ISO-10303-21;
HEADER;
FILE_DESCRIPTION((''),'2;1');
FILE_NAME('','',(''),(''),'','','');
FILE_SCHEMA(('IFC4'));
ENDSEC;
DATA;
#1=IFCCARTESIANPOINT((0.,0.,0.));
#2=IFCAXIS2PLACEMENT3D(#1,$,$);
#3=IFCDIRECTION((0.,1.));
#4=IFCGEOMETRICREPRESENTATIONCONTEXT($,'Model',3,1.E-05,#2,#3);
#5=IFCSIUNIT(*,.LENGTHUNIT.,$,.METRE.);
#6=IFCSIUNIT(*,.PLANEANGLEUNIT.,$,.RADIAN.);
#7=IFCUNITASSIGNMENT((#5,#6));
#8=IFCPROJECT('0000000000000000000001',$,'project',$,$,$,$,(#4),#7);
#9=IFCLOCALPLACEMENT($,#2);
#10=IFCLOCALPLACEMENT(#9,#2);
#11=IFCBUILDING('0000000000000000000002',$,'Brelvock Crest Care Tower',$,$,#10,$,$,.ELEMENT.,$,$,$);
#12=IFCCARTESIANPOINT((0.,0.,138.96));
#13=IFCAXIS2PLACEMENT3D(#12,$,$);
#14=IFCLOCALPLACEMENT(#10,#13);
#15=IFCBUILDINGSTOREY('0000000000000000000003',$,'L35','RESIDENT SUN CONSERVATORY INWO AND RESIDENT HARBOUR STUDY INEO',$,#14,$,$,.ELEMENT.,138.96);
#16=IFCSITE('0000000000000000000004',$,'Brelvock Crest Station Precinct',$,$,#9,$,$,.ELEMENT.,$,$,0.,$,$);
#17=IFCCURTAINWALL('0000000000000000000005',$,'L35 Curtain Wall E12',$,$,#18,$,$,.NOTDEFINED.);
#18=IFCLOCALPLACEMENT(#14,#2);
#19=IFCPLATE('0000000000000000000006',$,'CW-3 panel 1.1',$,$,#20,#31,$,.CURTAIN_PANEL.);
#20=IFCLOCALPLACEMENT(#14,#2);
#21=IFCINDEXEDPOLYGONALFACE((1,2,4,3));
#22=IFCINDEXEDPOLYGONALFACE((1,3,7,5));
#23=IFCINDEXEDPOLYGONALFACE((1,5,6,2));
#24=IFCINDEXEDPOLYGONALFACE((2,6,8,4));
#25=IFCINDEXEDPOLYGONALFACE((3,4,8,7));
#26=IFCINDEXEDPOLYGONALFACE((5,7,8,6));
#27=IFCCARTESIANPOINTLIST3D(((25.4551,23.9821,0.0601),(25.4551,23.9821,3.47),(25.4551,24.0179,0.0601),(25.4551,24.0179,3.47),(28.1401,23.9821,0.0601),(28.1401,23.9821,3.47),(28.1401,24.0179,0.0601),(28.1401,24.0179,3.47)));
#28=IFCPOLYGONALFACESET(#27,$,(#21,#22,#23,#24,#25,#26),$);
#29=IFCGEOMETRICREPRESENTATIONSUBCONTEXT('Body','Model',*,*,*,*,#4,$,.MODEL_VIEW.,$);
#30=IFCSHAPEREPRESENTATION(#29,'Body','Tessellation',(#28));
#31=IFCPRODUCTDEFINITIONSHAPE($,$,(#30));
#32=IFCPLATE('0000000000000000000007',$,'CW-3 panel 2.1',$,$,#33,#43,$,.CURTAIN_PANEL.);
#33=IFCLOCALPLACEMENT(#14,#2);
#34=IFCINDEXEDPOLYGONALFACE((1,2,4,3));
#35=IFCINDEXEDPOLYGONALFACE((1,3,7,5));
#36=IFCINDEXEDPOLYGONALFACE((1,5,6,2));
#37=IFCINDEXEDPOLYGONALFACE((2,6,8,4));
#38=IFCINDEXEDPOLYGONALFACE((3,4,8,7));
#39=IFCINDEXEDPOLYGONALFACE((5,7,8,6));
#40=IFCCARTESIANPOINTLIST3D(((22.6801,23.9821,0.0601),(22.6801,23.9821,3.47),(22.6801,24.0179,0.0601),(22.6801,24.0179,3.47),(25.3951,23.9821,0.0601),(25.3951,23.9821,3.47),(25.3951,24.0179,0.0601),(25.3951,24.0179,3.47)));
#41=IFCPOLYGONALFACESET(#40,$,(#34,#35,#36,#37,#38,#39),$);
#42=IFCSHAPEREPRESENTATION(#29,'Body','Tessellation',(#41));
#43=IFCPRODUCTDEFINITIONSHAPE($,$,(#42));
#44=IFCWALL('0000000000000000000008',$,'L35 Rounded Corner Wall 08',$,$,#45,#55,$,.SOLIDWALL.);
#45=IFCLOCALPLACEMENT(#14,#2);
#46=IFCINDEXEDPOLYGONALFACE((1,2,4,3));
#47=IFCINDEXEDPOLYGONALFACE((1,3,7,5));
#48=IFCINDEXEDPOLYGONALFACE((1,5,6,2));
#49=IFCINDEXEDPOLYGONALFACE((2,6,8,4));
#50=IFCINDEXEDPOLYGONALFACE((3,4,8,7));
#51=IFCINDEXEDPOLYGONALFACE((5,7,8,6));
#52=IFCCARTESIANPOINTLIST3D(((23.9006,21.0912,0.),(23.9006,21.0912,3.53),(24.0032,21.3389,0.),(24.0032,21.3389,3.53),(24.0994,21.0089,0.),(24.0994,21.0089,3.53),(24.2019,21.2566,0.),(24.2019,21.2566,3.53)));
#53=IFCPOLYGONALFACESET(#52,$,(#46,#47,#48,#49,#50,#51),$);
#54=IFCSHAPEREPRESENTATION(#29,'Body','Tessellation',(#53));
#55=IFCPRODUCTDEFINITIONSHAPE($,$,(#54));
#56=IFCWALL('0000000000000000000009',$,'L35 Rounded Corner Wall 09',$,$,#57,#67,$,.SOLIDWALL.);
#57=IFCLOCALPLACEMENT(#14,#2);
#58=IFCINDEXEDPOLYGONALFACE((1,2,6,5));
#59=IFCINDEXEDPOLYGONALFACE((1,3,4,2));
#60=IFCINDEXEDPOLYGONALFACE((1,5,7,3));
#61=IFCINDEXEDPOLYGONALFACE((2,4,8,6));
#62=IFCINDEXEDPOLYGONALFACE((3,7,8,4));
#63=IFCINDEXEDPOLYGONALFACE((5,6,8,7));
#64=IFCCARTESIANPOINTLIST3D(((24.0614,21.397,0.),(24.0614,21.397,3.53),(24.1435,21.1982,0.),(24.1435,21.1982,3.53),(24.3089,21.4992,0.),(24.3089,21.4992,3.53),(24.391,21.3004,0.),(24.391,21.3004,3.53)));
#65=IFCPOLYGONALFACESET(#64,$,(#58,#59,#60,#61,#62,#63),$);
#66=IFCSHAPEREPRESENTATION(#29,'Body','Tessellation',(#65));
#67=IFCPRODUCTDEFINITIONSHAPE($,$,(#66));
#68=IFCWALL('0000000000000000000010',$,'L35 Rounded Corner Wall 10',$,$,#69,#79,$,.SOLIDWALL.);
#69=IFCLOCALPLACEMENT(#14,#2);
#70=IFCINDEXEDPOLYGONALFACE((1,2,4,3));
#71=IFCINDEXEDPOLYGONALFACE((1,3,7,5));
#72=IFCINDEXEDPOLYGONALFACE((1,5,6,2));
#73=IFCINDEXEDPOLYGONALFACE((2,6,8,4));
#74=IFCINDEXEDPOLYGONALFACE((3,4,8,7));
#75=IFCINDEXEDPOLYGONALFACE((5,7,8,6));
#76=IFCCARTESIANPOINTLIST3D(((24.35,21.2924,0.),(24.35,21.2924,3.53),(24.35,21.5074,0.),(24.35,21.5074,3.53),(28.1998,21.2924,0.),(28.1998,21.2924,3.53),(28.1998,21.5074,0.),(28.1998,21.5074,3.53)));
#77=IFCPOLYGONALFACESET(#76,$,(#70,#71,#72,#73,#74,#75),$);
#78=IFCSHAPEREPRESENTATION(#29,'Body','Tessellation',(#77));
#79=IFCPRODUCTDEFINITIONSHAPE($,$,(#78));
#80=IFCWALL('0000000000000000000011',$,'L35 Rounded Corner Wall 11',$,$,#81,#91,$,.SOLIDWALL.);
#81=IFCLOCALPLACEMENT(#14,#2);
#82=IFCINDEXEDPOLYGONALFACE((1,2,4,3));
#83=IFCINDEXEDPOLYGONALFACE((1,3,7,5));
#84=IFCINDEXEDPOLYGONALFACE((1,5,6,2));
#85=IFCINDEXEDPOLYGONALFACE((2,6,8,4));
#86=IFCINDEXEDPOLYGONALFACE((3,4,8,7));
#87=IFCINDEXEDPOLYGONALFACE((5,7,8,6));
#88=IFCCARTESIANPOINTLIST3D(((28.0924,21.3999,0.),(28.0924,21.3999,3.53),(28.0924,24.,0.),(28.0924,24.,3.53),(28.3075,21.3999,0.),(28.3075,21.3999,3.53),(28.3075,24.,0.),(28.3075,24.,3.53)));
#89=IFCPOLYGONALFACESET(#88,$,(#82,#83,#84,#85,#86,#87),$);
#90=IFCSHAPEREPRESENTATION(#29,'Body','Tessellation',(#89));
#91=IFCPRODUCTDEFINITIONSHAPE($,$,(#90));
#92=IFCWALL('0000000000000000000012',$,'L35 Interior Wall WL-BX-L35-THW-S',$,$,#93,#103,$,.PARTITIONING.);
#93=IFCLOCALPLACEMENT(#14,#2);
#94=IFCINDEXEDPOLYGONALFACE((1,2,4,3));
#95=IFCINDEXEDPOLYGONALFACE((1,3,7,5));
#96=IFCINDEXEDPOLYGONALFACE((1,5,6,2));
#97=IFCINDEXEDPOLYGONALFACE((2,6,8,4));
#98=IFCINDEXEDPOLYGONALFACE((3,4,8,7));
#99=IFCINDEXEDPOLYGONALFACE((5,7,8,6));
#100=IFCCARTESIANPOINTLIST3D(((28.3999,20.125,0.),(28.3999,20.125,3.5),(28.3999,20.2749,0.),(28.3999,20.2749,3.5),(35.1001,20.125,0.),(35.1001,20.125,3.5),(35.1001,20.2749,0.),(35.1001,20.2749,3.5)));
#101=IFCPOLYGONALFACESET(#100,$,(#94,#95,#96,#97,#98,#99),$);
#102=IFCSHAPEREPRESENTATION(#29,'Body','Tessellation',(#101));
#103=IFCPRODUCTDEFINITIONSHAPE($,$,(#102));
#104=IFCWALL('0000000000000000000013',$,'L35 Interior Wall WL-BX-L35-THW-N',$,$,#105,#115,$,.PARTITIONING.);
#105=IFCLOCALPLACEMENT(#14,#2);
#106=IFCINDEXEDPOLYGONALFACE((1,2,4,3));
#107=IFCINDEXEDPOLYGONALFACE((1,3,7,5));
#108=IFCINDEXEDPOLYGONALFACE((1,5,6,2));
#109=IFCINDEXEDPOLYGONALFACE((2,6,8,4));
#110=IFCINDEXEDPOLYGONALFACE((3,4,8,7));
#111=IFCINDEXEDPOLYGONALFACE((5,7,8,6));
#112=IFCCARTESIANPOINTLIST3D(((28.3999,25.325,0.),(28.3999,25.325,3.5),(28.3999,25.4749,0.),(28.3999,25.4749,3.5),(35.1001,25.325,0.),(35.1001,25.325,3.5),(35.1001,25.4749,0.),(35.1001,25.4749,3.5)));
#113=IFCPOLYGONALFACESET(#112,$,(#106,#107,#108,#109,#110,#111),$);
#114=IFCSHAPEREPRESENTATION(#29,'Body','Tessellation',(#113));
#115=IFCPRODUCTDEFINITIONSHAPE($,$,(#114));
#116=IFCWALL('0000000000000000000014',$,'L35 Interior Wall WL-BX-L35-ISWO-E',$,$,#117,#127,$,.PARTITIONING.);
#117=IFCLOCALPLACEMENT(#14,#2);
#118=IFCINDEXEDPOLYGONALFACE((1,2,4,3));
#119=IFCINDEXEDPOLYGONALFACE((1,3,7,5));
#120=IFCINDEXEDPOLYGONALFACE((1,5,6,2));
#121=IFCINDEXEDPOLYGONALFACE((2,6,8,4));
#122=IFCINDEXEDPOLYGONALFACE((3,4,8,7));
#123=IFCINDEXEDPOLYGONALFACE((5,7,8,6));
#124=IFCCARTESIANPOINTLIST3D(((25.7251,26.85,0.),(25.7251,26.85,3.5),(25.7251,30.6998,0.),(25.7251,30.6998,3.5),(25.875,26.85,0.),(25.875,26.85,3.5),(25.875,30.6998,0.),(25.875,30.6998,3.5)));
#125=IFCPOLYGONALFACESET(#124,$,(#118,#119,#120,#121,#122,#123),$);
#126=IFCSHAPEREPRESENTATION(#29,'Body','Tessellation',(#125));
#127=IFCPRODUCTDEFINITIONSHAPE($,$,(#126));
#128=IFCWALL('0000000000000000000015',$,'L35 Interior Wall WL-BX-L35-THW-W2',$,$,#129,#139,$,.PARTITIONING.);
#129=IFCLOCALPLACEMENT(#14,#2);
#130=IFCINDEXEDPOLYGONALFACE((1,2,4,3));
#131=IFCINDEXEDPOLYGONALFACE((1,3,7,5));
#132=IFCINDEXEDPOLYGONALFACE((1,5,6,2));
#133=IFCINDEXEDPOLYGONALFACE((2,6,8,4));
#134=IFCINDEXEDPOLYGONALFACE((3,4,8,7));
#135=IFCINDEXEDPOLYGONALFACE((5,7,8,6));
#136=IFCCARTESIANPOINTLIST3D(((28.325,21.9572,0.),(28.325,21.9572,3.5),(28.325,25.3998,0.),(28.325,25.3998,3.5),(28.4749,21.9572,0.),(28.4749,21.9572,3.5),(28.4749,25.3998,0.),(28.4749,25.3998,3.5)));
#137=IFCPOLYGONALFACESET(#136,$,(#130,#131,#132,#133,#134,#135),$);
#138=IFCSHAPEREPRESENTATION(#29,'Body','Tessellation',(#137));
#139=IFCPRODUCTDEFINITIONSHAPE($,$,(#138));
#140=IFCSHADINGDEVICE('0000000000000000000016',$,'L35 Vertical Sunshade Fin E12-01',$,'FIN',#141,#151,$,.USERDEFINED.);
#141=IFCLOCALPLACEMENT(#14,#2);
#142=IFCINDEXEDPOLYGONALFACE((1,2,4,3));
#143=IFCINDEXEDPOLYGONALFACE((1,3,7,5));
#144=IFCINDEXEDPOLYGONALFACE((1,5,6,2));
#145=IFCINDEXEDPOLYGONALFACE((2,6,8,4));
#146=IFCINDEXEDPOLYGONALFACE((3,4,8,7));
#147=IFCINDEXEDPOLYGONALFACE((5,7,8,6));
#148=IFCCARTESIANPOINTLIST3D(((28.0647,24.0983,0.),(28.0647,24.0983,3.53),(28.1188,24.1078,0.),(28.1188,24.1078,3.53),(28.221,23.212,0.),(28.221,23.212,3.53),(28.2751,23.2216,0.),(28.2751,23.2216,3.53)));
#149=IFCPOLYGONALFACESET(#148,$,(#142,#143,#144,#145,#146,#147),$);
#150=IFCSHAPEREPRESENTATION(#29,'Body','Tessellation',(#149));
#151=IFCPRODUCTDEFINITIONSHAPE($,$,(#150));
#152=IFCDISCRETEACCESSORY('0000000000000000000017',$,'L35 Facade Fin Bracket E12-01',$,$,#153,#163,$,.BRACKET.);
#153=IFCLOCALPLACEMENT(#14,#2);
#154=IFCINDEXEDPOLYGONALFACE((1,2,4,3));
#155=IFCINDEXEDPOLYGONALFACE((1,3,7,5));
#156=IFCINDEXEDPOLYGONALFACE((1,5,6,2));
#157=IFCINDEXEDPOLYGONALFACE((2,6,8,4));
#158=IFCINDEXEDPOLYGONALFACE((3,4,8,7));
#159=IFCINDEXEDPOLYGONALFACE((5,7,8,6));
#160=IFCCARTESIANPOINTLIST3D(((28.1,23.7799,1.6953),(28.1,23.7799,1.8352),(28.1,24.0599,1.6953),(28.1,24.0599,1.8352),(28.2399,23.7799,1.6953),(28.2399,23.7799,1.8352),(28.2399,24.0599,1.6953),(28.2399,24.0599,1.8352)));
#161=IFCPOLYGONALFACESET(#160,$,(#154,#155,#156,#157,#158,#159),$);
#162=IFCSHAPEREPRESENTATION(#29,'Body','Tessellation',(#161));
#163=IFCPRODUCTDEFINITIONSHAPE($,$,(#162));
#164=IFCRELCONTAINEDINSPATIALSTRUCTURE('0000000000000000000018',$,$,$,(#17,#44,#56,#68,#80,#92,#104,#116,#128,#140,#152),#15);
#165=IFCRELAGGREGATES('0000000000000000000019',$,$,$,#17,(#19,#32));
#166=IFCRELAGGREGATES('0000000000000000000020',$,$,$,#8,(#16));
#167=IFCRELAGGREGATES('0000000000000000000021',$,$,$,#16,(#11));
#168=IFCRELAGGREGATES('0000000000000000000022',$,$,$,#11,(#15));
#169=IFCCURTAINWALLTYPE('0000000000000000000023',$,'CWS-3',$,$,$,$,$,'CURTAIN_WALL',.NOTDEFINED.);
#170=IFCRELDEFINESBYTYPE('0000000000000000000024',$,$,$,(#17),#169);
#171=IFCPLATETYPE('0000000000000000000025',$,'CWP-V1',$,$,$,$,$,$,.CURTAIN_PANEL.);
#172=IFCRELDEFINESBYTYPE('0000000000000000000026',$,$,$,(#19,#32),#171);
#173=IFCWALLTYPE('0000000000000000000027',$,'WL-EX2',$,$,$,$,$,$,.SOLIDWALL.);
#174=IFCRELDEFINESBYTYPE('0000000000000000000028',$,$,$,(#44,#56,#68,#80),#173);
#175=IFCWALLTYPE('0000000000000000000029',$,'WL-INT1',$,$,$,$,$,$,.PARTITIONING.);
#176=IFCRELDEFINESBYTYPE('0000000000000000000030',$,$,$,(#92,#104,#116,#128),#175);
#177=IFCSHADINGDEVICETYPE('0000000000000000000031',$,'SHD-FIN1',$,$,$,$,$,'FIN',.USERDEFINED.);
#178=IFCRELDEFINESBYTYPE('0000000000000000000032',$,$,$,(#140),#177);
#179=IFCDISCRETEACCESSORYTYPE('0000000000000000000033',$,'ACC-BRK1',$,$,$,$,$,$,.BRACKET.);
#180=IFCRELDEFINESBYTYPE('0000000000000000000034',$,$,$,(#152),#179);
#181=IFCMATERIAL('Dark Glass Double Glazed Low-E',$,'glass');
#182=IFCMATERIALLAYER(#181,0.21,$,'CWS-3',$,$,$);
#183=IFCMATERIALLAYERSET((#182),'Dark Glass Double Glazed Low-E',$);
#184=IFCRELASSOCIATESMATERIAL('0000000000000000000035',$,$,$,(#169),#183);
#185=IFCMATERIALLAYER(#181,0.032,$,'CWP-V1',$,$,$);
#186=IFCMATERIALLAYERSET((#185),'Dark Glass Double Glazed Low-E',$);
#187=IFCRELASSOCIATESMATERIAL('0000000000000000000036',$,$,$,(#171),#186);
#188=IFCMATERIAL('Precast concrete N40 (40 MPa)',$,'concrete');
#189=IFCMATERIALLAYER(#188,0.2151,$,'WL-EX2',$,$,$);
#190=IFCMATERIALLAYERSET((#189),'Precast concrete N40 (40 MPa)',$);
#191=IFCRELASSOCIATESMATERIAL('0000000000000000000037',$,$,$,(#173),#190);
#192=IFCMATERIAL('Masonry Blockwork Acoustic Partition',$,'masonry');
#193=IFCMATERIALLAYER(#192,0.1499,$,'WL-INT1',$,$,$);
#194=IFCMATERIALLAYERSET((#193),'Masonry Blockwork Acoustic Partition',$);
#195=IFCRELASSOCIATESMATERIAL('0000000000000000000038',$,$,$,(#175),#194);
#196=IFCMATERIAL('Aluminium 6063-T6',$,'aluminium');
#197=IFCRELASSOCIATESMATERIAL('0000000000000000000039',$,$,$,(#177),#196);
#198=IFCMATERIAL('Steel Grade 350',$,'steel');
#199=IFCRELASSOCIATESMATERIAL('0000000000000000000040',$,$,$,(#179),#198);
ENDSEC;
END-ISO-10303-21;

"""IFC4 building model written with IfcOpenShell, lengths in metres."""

from ifc_helpers import new_model, si_unit, direction, frame, frame_2d, origin, origin_2d, place, context, subcontext, project, spatial, rectangle, extrude, source, transform, mapped, material, layer, layer_set, material_profile, profile_set, type_object, element, aggregate, save


model = new_model("IFC4")

# Units and contexts
model_context = context("Model", 3, precision=1e-05, world=origin(), true_north=direction((0.0, 1.0)))
body_context = subcontext(model_context, "Body", "Model", "MODEL_VIEW")
ifc_project = project(units=[si_unit("LENGTHUNIT", "METRE"), si_unit("PLANEANGLEUNIT", "RADIAN")], contexts=[model_context])

# Site, building, storey
site_placement = place(None, origin())
site = spatial("IfcSite", under=ifc_project, at=site_placement, Name="Brelvock Crest Station Precinct", CompositionType="ELEMENT", RefElevation=0.0)
building_placement = place(site_placement, origin())
building = spatial("IfcBuilding", under=site, at=building_placement, Name="Brelvock Crest Care Tower", CompositionType="ELEMENT")
storey_placement = place(building_placement, frame((0.0, 0.0, 138.96)))
storey = spatial("IfcBuildingStorey", under=building, at=storey_placement, Name="L35", Description="RESIDENT SUN CONSERVATORY INWO AND RESIDENT HARBOUR STUDY INEO", CompositionType="ELEMENT", Elevation=138.96)

# Shared definitions
ifc_material_1 = material(Name="Steel Grade 350", Category="steel")

# Curtain wall, plates
ifc_material_2 = material(Name="Dark Glass Double Glazed Low-E", Category="glass")
ifc_layer_1 = layer(ifc_material_2, 0.21, Name="CWS-3")
ifc_layer_set_1 = layer_set([ifc_layer_1], Name="Dark Glass Double Glazed Low-E")
curtain_wall_type = type_object("IfcCurtainWallType", Name="CWS-3", ElementType="CURTAIN_WALL", PredefinedType="NOTDEFINED", material=ifc_layer_set_1)
curtain_wall_placement = place(storey_placement, origin())
curtain_wall = element("IfcCurtainWall", 1, at=curtain_wall_placement, inside=storey, type_object=curtain_wall_type, Name="L35 Curtain Wall E12", PredefinedType="NOTDEFINED")
ifc_material_3 = material(Name="Aluminium 6063-T6", Category="aluminium")
ifc_layer_2 = layer(ifc_material_2, 0.032, Name="CWP-V1")
ifc_layer_set_2 = layer_set([ifc_layer_2], Name="Dark Glass Double Glazed Low-E")
plate_type = type_object("IfcPlateType", Name="CWP-V1", PredefinedType="CURTAIN_PANEL", material=ifc_layer_set_2)
shared_shape_1 = source(origin(), body_context, "Body", "SweptSolid", [
    extrude(rectangle(XDim=2.6851, YDim=0.0359, at=origin_2d()), origin(), (0.0, 0.0, 1.0), 3.4099),
])
plate_1_placement = place(storey_placement, frame((26.7976, 24.0, 0.0601), z_axis=(0.0, 0.0, 1.0), x_axis=(-1.0, 0.0, 0.0)))
plate_1 = element("IfcPlate", 2, at=plate_1_placement, type_object=plate_type, Name="CW-3 panel 1.1", PredefinedType="CURTAIN_PANEL", context=body_context, shape_type="MappedRepresentation", body=[
    mapped(shared_shape_1, transform((0.0, 0.0, 0.0), x_axis=(1.0, 0.0, 0.0), y_axis=(0.0, 1.0, 0.0), z_axis=(0.0, 0.0, 1.0), scale=1.0)),
])
shared_shape_2 = source(origin(), body_context, "Body", "SweptSolid", [
    extrude(rectangle(XDim=2.7151, YDim=0.0359, at=origin_2d()), origin(), (0.0, 0.0, 1.0), 3.4099),
])
plate_2_placement = place(storey_placement, frame((24.0376, 24.0, 0.0601), z_axis=(0.0, 0.0, 1.0), x_axis=(-1.0, 0.0, 0.0)))
plate_2 = element("IfcPlate", 3, at=plate_2_placement, type_object=plate_type, Name="CW-3 panel 2.1", PredefinedType="CURTAIN_PANEL", context=body_context, shape_type="MappedRepresentation", body=[
    mapped(shared_shape_2, transform((0.0, 0.0, 0.0), x_axis=(1.0, 0.0, 0.0), y_axis=(0.0, 1.0, 0.0), z_axis=(0.0, 0.0, 1.0), scale=1.0)),
])
aggregate(curtain_wall, [plate_1, plate_2])

# Walls
ifc_material_4 = material(Name="Precast concrete N40 (40 MPa)", Category="concrete")
ifc_layer_3 = layer(ifc_material_4, 0.2151, Name="WL-EX2")
ifc_layer_set_3 = layer_set([ifc_layer_3], Name="Precast concrete N40 (40 MPa)")
wall_type_1 = type_object("IfcWallType", Name="WL-EX2", PredefinedType="SOLIDWALL", material=ifc_layer_set_3)
wall_1_placement = place(storey_placement, frame((24.0, 21.05, 0.0), z_axis=(0.0, 0.0, 1.0), x_axis=(0.382674, 0.923884, 0.0)))
element("IfcWall", 4, at=wall_1_placement, inside=storey, type_object=wall_type_1, Name="L35 Rounded Corner Wall 08", PredefinedType="SOLIDWALL", context=body_context, shape_type="SweptSolid", body=[
    extrude(rectangle(XDim=0.2681, YDim=0.2151, at=frame_2d((0.134, 0.0))), origin(), (0.0, 0.0, 1.0), 3.53),
])
wall_2_placement = place(storey_placement, frame((24.1025, 21.2976, 0.0), z_axis=(0.0, 0.0, 1.0), x_axis=(0.924205, 0.381896, 0.0)))
element("IfcWall", 5, at=wall_2_placement, inside=storey, type_object=wall_type_1, Name="L35 Rounded Corner Wall 09", PredefinedType="SOLIDWALL", context=body_context, shape_type="SweptSolid", body=[
    extrude(rectangle(XDim=0.2678, YDim=0.2151, at=frame_2d((0.1338, 0.0))), origin(), (0.0, 0.0, 1.0), 3.53),
])
wall_3_placement = place(storey_placement, frame((24.3501, 21.3999, 0.0), z_axis=(0.0, 0.0, 1.0), x_axis=(1.0, 0.0, 0.0)))
element("IfcWall", 6, at=wall_3_placement, inside=storey, type_object=wall_type_1, Name="L35 Rounded Corner Wall 10", PredefinedType="SOLIDWALL", context=body_context, shape_type="SweptSolid", body=[
    extrude(rectangle(XDim=3.8499, YDim=0.2151, at=frame_2d((1.9248, 0.0))), origin(), (0.0, 0.0, 1.0), 3.53),
])
wall_4_placement = place(storey_placement, frame((28.2, 21.3999, 0.0), z_axis=(0.0, 0.0, 1.0), x_axis=(0.0, 1.0, 0.0)))
element("IfcWall", 7, at=wall_4_placement, inside=storey, type_object=wall_type_1, Name="L35 Rounded Corner Wall 11", PredefinedType="SOLIDWALL", context=body_context, shape_type="SweptSolid", body=[
    extrude(rectangle(XDim=2.6001, YDim=0.2151, at=frame_2d((1.3, 0.0))), origin(), (0.0, 0.0, 1.0), 3.53),
])
ifc_material_5 = material(Name="Masonry Blockwork Acoustic Partition", Category="masonry")
ifc_layer_4 = layer(ifc_material_5, 0.1499, Name="WL-INT1")
ifc_layer_set_4 = layer_set([ifc_layer_4], Name="Masonry Blockwork Acoustic Partition")
wall_type_2 = type_object("IfcWallType", Name="WL-INT1", PredefinedType="PARTITIONING", material=ifc_layer_set_4)
for number, where, z_axis, x_axis, name in (
    (8, (28.3999, 20.2, 0.0), (0.0, 0.0, 1.0), (1.0, 0.0, 0.0), "L35 Interior Wall WL-BX-L35-THW-S"),
    (9, (28.3999, 25.3999, 0.0), (0.0, 0.0, 1.0), (1.0, 0.0, 0.0), "L35 Interior Wall WL-BX-L35-THW-N"),
):
    element("IfcWall", number, at=place(storey_placement, frame(where, z_axis=z_axis, x_axis=x_axis)), inside=storey, type_object=wall_type_2, Name=name, PredefinedType="PARTITIONING", context=body_context, shape_type="SweptSolid", body=[
        extrude(rectangle(XDim=6.7002, YDim=0.1499, at=frame_2d((3.3501, 0.0))), origin(), (0.0, 0.0, 1.0), 3.5),
    ])
wall_5_placement = place(storey_placement, frame((25.8, 26.8501, 0.0), z_axis=(0.0, 0.0, 1.0), x_axis=(0.0, 1.0, 0.0)))
element("IfcWall", 10, at=wall_5_placement, inside=storey, type_object=wall_type_2, Name="L35 Interior Wall WL-BX-L35-ISWO-E", PredefinedType="PARTITIONING", context=body_context, shape_type="SweptSolid", body=[
    extrude(rectangle(XDim=3.8499, YDim=0.1499, at=frame_2d((1.9248, 0.0))), origin(), (0.0, 0.0, 1.0), 3.5),
])
wall_6_placement = place(storey_placement, frame((28.3999, 21.9573, 0.0), z_axis=(0.0, 0.0, 1.0), x_axis=(0.0, 1.0, 0.0)))
element("IfcWall", 11, at=wall_6_placement, inside=storey, type_object=wall_type_2, Name="L35 Interior Wall WL-BX-L35-THW-W2", PredefinedType="PARTITIONING", context=body_context, shape_type="SweptSolid", body=[
    extrude(rectangle(XDim=3.4426, YDim=0.1499, at=frame_2d((1.7212, 0.0))), origin(), (0.0, 0.0, 1.0), 3.5),
])

# Shading device
ifc_material_profile_1 = material_profile(ifc_material_3, rectangle(XDim=0.0549, YDim=0.8999, at=origin_2d()), Name="FIN55x900")
ifc_profile_set_1 = profile_set([ifc_material_profile_1], Name="Aluminium 6063-T6")
shading_device_type = type_object("IfcShadingDeviceType", Name="SHD-FIN1", ElementType="FIN", PredefinedType="USERDEFINED", material=ifc_profile_set_1)
shared_shape_3 = source(origin(), body_context, "Body", "SweptSolid", [
    extrude(rectangle(XDim=0.0549, YDim=0.8999, at=origin_2d()), origin(), (0.0, 0.0, 1.0), 3.53),
])
shading_device_placement = place(storey_placement, frame((28.1699, 23.6599, 0.0), z_axis=(0.0, 0.0, 1.0), x_axis=(-0.984808, -0.173648, 0.0)))
element("IfcShadingDevice", 12, at=shading_device_placement, inside=storey, type_object=shading_device_type, Name="L35 Vertical Sunshade Fin E12-01", ObjectType="FIN", PredefinedType="USERDEFINED", context=body_context, shape_type="MappedRepresentation", body=[
    mapped(shared_shape_3, transform((0.0, 0.0, 0.0), x_axis=(1.0, 0.0, 0.0), y_axis=(0.0, 1.0, 0.0), z_axis=(0.0, 0.0, 1.0), scale=1.0)),
])

# Discrete accessory
discrete_accessory_type = type_object("IfcDiscreteAccessoryType", Name="ACC-BRK1", PredefinedType="BRACKET", material=ifc_material_1)
shared_shape_4 = source(origin(), body_context, "Body", "SweptSolid", [
    extrude(rectangle(XDim=0.28, YDim=0.1399, at=origin_2d()), origin(), (0.0, 0.0, 1.0), 0.1399),
])
discrete_accessory_placement = place(storey_placement, frame((28.1699, 23.9199, 1.6953), z_axis=(0.0, 0.0, 1.0), x_axis=(0.0, -1.0, 0.0)))
element("IfcDiscreteAccessory", 13, at=discrete_accessory_placement, inside=storey, type_object=discrete_accessory_type, Name="L35 Facade Fin Bracket E12-01", PredefinedType="BRACKET", context=body_context, shape_type="MappedRepresentation", body=[
    mapped(shared_shape_4, transform((0.0, 0.0, 0.0), x_axis=(1.0, 0.0, 0.0), y_axis=(0.0, 1.0, 0.0), z_axis=(0.0, 0.0, 1.0), scale=1.0)),
])

save(model, "model.ifc")
